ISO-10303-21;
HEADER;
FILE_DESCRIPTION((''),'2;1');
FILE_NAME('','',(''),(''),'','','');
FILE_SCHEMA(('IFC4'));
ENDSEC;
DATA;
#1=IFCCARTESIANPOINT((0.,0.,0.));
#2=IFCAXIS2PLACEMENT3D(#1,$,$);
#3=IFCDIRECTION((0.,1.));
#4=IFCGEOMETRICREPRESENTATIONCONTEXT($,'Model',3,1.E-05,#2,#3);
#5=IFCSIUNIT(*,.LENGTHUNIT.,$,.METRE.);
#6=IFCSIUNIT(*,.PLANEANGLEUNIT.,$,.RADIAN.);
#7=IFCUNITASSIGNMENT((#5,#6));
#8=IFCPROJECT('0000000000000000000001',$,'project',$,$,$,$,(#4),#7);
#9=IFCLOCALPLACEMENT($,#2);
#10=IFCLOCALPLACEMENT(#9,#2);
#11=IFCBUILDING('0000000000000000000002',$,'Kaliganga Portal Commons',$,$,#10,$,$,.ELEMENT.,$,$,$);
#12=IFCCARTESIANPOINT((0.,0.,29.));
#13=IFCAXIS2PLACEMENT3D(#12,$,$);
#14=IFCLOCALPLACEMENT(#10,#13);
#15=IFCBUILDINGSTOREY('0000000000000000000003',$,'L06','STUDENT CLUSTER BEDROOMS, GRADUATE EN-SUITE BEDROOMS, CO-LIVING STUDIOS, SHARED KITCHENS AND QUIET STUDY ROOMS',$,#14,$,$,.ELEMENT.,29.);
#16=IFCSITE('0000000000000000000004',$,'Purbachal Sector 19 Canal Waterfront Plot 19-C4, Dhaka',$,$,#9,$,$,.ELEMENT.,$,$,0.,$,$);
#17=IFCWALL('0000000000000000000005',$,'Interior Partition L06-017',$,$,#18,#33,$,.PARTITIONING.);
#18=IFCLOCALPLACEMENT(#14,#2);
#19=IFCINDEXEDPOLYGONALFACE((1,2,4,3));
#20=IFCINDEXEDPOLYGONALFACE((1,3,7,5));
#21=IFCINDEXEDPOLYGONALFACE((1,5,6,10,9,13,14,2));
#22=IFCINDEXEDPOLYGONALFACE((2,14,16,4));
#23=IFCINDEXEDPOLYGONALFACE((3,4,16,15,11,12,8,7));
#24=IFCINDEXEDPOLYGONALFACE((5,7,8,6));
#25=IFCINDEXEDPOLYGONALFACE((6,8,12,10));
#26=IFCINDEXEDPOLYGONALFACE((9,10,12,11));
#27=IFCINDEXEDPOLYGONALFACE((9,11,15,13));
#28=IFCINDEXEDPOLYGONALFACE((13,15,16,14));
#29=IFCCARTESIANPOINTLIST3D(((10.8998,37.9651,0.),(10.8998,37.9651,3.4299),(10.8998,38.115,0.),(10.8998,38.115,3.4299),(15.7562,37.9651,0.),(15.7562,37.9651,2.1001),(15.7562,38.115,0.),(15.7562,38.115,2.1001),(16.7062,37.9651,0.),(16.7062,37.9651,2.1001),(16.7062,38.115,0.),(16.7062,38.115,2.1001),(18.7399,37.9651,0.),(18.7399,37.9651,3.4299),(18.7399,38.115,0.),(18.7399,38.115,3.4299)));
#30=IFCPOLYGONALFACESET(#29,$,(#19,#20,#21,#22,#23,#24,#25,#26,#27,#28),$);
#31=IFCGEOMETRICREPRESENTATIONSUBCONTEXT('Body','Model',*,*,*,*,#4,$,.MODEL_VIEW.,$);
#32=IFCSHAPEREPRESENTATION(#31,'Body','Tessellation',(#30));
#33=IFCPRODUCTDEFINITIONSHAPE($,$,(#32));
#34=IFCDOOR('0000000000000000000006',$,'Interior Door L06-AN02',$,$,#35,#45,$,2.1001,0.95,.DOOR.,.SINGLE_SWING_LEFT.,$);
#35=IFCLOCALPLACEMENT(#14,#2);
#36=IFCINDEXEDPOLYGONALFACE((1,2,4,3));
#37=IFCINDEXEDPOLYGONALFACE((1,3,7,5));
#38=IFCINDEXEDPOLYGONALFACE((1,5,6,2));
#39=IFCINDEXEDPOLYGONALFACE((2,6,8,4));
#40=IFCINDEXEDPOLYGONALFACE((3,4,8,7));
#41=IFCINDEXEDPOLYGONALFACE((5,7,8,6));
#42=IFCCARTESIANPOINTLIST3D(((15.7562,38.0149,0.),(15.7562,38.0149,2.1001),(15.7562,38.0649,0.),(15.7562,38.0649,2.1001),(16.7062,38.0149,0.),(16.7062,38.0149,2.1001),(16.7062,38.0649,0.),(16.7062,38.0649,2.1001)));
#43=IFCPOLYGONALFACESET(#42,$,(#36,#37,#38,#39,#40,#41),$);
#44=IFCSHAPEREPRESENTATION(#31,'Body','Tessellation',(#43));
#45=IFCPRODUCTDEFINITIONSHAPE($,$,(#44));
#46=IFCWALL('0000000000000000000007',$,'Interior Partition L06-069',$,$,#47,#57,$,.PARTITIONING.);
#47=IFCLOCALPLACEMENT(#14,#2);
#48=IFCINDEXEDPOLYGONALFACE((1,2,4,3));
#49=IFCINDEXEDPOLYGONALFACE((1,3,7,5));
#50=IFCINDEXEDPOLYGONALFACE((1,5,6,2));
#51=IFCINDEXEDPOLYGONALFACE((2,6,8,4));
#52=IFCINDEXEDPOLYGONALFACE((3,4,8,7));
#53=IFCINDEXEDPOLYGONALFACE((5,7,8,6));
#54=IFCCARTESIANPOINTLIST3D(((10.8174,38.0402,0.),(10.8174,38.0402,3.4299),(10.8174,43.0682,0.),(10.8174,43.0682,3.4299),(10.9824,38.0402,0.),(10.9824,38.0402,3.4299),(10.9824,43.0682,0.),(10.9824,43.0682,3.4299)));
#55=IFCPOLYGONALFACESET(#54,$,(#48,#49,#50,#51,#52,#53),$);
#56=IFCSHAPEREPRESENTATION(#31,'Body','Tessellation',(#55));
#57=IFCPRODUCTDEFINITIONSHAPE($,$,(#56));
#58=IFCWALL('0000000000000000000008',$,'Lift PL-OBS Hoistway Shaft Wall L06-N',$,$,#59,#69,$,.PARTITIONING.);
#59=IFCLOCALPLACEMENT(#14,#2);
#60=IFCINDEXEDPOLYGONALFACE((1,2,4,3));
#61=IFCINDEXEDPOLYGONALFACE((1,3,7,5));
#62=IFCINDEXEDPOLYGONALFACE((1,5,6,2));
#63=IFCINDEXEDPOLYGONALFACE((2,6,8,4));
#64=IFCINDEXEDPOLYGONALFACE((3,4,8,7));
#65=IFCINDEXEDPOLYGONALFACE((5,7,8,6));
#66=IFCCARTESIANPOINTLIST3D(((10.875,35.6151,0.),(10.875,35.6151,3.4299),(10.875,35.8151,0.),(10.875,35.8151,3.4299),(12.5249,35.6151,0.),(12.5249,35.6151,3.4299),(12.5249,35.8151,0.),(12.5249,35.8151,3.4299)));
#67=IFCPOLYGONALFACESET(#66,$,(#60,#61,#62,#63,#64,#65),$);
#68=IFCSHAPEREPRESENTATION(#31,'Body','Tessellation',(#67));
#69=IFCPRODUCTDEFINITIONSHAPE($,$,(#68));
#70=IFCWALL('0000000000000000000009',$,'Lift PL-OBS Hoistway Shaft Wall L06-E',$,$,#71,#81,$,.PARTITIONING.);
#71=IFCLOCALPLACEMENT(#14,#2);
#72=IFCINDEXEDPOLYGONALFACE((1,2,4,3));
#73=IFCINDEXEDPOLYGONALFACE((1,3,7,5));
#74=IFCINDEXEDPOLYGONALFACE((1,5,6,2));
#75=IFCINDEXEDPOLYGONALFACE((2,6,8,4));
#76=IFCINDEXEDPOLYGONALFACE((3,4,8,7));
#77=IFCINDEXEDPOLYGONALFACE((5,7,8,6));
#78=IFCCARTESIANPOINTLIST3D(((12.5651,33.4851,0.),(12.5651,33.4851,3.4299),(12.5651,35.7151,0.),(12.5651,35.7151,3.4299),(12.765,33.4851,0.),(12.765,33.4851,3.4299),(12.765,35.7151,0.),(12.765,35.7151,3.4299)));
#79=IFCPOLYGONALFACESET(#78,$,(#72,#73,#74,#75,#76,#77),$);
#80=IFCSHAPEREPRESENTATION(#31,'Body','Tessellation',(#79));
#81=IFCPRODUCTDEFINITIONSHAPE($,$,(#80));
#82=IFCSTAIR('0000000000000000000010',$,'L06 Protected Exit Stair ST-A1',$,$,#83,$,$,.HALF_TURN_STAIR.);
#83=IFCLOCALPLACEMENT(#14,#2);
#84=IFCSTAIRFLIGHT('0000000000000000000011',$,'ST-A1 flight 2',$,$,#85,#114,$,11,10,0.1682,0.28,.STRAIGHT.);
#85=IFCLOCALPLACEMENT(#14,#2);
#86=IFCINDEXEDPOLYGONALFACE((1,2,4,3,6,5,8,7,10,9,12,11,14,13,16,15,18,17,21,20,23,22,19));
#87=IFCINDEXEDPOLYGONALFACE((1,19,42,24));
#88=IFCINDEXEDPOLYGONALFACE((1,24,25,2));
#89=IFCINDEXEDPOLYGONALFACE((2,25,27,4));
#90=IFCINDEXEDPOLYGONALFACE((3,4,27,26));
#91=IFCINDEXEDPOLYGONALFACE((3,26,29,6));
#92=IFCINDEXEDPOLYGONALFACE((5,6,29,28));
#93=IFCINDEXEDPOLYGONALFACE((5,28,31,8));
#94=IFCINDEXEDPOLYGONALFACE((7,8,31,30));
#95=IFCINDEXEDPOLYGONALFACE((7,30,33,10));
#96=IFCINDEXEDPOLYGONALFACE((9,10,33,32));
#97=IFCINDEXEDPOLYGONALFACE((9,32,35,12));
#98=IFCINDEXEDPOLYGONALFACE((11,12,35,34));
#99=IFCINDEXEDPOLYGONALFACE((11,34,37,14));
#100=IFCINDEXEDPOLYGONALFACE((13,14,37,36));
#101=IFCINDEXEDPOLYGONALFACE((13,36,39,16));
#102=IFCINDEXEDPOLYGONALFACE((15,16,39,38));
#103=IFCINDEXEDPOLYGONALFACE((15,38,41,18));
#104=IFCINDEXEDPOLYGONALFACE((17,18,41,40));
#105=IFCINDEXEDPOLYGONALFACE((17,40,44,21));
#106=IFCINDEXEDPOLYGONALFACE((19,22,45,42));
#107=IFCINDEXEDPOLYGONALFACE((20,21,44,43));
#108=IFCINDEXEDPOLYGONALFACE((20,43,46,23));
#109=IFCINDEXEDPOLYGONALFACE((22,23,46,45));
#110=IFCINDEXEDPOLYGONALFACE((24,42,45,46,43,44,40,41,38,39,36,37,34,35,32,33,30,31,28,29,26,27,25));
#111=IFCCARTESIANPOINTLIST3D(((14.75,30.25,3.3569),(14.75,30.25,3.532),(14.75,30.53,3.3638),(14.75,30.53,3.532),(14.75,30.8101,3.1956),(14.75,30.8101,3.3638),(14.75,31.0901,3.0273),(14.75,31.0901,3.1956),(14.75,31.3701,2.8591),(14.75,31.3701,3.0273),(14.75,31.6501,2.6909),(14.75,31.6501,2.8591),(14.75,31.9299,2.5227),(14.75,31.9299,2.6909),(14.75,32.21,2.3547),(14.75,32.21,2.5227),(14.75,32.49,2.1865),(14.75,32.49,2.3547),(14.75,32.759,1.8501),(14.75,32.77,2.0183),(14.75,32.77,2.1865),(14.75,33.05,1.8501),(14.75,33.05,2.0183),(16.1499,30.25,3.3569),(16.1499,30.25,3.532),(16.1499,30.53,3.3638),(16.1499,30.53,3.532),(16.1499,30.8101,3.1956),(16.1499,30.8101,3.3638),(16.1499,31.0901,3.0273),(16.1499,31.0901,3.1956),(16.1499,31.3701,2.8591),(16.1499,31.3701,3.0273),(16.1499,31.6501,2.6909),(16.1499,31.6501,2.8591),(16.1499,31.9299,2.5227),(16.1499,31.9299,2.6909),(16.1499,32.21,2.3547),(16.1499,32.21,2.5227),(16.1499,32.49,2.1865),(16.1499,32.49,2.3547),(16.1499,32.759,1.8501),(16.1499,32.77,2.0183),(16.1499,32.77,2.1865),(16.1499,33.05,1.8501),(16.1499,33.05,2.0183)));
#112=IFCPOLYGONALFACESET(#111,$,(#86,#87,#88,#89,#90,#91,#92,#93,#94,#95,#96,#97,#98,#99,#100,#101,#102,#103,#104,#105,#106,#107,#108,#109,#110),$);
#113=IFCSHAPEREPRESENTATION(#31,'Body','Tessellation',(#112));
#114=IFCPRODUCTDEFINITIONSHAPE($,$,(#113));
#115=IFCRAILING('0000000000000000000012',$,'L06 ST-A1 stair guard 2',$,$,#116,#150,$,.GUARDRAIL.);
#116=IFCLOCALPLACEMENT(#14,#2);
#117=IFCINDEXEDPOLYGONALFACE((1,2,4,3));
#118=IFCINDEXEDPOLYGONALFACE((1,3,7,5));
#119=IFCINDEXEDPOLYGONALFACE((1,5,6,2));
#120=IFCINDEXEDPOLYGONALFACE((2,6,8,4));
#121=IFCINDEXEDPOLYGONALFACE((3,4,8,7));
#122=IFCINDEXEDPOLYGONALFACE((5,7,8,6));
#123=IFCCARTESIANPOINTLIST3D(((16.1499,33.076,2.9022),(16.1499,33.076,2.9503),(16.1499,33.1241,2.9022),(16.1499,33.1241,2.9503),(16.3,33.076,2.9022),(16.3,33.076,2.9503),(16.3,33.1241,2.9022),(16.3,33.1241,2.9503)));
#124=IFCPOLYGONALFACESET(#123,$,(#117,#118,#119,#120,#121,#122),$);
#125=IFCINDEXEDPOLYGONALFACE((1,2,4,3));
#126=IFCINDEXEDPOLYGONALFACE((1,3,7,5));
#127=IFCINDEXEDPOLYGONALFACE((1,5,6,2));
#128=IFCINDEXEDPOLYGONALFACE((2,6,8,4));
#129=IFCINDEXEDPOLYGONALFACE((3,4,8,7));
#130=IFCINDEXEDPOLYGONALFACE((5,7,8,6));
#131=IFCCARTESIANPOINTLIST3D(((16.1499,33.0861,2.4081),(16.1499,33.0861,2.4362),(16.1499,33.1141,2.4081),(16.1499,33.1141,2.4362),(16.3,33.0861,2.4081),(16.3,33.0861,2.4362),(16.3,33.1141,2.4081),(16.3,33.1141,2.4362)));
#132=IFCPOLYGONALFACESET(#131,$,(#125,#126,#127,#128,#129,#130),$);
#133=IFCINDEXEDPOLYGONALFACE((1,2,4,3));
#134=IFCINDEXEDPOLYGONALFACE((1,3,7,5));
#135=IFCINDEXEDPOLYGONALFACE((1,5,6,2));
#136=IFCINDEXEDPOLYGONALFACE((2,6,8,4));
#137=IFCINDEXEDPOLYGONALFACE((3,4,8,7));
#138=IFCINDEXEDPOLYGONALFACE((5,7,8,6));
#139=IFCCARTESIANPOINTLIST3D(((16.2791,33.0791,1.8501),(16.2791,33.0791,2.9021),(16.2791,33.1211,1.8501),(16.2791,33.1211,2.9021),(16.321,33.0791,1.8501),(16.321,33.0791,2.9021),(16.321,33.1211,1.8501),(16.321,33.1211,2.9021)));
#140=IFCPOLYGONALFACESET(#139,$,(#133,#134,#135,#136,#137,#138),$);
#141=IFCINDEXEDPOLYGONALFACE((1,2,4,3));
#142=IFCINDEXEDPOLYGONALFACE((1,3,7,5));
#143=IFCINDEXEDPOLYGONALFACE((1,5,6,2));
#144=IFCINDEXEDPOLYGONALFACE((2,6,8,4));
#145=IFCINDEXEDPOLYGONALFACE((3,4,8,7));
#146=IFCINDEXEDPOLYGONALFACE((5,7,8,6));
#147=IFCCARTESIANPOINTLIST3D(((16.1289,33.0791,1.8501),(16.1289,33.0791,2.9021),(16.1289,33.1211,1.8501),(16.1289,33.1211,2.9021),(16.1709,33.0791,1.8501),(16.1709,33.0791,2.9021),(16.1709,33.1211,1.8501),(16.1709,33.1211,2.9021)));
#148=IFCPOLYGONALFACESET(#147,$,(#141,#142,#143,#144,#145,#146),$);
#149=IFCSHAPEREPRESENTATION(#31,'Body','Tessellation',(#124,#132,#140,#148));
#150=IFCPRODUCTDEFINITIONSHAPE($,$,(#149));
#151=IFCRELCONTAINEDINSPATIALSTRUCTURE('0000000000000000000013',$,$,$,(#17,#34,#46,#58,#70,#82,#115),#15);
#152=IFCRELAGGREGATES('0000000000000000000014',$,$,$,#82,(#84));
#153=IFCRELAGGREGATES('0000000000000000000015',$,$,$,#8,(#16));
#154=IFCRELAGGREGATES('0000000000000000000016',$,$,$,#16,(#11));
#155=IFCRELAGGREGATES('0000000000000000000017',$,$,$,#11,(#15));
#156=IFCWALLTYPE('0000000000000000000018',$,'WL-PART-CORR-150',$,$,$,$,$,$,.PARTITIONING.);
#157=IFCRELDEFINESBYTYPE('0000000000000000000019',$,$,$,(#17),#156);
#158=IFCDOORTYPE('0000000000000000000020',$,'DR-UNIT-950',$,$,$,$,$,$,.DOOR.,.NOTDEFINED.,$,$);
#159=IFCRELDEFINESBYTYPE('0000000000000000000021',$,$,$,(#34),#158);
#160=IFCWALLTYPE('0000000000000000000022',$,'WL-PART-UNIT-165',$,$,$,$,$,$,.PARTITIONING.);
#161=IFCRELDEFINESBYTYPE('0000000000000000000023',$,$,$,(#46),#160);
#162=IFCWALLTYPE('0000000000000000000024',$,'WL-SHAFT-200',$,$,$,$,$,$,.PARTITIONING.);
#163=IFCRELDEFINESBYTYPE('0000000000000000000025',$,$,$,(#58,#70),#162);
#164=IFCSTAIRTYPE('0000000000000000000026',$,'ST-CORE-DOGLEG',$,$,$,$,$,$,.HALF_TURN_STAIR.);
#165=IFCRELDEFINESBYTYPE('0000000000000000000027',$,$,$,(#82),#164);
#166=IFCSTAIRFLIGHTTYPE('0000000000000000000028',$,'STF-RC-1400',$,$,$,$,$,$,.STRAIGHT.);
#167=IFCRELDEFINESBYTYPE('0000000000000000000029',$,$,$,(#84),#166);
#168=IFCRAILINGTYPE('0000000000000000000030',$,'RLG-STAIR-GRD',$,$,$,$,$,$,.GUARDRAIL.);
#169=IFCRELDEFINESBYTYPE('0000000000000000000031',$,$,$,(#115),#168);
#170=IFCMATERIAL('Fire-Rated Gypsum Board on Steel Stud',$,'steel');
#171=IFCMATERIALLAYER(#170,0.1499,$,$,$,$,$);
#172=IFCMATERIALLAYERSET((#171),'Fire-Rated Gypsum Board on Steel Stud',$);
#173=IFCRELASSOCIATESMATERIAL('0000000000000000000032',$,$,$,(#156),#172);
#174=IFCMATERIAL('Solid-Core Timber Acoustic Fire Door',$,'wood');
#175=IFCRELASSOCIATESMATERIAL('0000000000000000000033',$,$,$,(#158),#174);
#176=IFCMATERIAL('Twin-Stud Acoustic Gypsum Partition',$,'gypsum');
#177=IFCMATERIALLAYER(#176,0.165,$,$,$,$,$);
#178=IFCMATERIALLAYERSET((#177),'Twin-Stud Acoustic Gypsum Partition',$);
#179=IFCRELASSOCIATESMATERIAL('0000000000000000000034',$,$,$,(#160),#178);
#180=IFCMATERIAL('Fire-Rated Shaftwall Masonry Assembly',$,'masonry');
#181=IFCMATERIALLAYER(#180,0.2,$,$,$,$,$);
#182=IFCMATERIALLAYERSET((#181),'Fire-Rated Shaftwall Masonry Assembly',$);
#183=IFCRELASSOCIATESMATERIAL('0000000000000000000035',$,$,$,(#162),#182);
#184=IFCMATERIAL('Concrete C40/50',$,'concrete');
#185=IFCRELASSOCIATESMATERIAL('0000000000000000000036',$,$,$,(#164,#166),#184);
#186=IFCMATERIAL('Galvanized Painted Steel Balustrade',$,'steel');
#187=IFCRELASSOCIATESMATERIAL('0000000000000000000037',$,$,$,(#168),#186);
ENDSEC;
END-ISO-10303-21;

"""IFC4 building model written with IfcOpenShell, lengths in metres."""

from ifc_helpers import new_model, si_unit, direction, frame, frame_2d, origin, origin_2d, place, context, subcontext, project, spatial, polyline, rectangle, outline, extrude, material, layer, layer_set, type_object, element, fill, aggregate, save


model = new_model("IFC4")

# Units and contexts
model_context = context("Model", 3, precision=1e-05, world=origin(), true_north=direction((0.0, 1.0)))
body_context = subcontext(model_context, "Body", "Model", "MODEL_VIEW")
ifc_project = project(units=[si_unit("LENGTHUNIT", "METRE"), si_unit("PLANEANGLEUNIT", "RADIAN")], contexts=[model_context])

# Site, building, storey
site_placement = place(None, origin())
site = spatial("IfcSite", under=ifc_project, at=site_placement, Name="Purbachal Sector 19 Canal Waterfront Plot 19-C4, Dhaka", CompositionType="ELEMENT", RefElevation=0.0)
building_placement = place(site_placement, origin())
building = spatial("IfcBuilding", under=site, at=building_placement, Name="Kaliganga Portal Commons", CompositionType="ELEMENT")
storey_placement = place(building_placement, frame((0.0, 0.0, 29.0)))
storey = spatial("IfcBuildingStorey", under=building, at=storey_placement, Name="L06", Description="STUDENT CLUSTER BEDROOMS, GRADUATE EN-SUITE BEDROOMS, CO-LIVING STUDIOS, SHARED KITCHENS AND QUIET STUDY ROOMS", CompositionType="ELEMENT", Elevation=29.0)

# Wall, opening, door
ifc_material_1 = material(Name="Fire-Rated Gypsum Board on Steel Stud", Category="steel")
ifc_layer_1 = layer(ifc_material_1, 0.1499)
ifc_layer_set_1 = layer_set([ifc_layer_1], Name="Fire-Rated Gypsum Board on Steel Stud")
wall_type_1 = type_object("IfcWallType", Name="WL-PART-CORR-150", PredefinedType="PARTITIONING", material=ifc_layer_set_1)
wall_1_placement = place(storey_placement, frame((10.8999, 38.04, 0.0), z_axis=(0.0, 0.0, 1.0), x_axis=(1.0, 0.0, 0.0)))
wall_1 = element("IfcWall", 1, at=wall_1_placement, inside=storey, type_object=wall_type_1, Name="Interior Partition L06-017", PredefinedType="PARTITIONING", context=body_context, shape_type="SweptSolid", body=[
    extrude(rectangle(XDim=7.8401, YDim=0.1499, at=frame_2d((3.9199, 0.0))), origin(), (0.0, 0.0, 1.0), 3.4299),
])
opening_1_placement = place(wall_1_placement, frame((4.8562, 0.0, 0.0)))
opening_1 = element("IfcOpeningElement", 2, at=opening_1_placement, cuts=wall_1, PredefinedType="OPENING", context=body_context, shape_type="SweptSolid", body=[
    extrude(rectangle(XDim=0.95, YDim=2.1001, at=frame_2d((0.4751, 1.05))), frame((0.0, 0.085, 0.0), z_axis=(0.0, -1.0, 0.0), x_axis=(1.0, 0.0, 0.0)), (0.0, 0.0, 1.0), 0.1699),
])
ifc_material_2 = material(Name="Solid-Core Timber Acoustic Fire Door", Category="wood")
door_type = type_object("IfcDoorType", Name="DR-UNIT-950", OperationType="NOTDEFINED", PredefinedType="DOOR", material=ifc_material_2)
door_placement = place(opening_1_placement, origin())
door = element("IfcDoor", 3, at=door_placement, inside=storey, type_object=door_type, Name="Interior Door L06-AN02", OperationType="SINGLE_SWING_LEFT", OverallHeight=2.1001, OverallWidth=0.95, PredefinedType="DOOR", context=body_context, shape_type="SweptSolid", body=[
    extrude(rectangle(XDim=0.95, YDim=2.1001, at=frame_2d((0.4751, 1.05))), frame((0.0, 0.0249, 0.0), z_axis=(0.0, -1.0, 0.0), x_axis=(1.0, 0.0, 0.0)), (0.0, 0.0, 1.0), 0.05),
])
fill(opening_1, door)

# Walls
ifc_material_3 = material(Name="Twin-Stud Acoustic Gypsum Partition", Category="gypsum")
ifc_layer_2 = layer(ifc_material_3, 0.165)
ifc_layer_set_2 = layer_set([ifc_layer_2], Name="Twin-Stud Acoustic Gypsum Partition")
wall_type_2 = type_object("IfcWallType", Name="WL-PART-UNIT-165", PredefinedType="PARTITIONING", material=ifc_layer_set_2)
wall_2_placement = place(storey_placement, frame((10.8999, 38.04, 0.0), z_axis=(0.0, 0.0, 1.0), x_axis=(0.0, 1.0, 0.0)))
element("IfcWall", 4, at=wall_2_placement, inside=storey, type_object=wall_type_2, Name="Interior Partition L06-069", PredefinedType="PARTITIONING", context=body_context, shape_type="SweptSolid", body=[
    extrude(rectangle(XDim=5.0281, YDim=0.165, at=frame_2d((2.5142, 0.0))), origin(), (0.0, 0.0, 1.0), 3.4299),
])
ifc_material_4 = material(Name="Fire-Rated Shaftwall Masonry Assembly", Category="masonry")
ifc_layer_3 = layer(ifc_material_4, 0.2)
ifc_layer_set_3 = layer_set([ifc_layer_3], Name="Fire-Rated Shaftwall Masonry Assembly")
wall_type_3 = type_object("IfcWallType", Name="WL-SHAFT-200", PredefinedType="PARTITIONING", material=ifc_layer_set_3)
wall_3_placement = place(storey_placement, frame((10.875, 35.7151, 0.0), z_axis=(0.0, 0.0, 1.0), x_axis=(1.0, 0.0, 0.0)))
element("IfcWall", 5, at=wall_3_placement, inside=storey, type_object=wall_type_3, Name="Lift PL-OBS Hoistway Shaft Wall L06-N", PredefinedType="PARTITIONING", context=body_context, shape_type="SweptSolid", body=[
    extrude(rectangle(XDim=1.6499, YDim=0.2, at=frame_2d((0.825, 0.0))), origin(), (0.0, 0.0, 1.0), 3.4299),
])
wall_4_placement = place(storey_placement, frame((12.665, 33.4851, 0.0), z_axis=(0.0, 0.0, 1.0), x_axis=(0.0, 1.0, 0.0)))
element("IfcWall", 6, at=wall_4_placement, inside=storey, type_object=wall_type_3, Name="Lift PL-OBS Hoistway Shaft Wall L06-E", PredefinedType="PARTITIONING", context=body_context, shape_type="SweptSolid", body=[
    extrude(rectangle(XDim=2.23, YDim=0.2, at=frame_2d((1.115, 0.0))), origin(), (0.0, 0.0, 1.0), 3.4299),
])

# Stair, stair flight
ifc_material_5 = material(Name="Concrete C40/50", Category="concrete")
stair_type = type_object("IfcStairType", Name="ST-CORE-DOGLEG", PredefinedType="HALF_TURN_STAIR", material=ifc_material_5)
stair_placement = place(storey_placement, origin())
stair = element("IfcStair", 7, at=stair_placement, inside=storey, type_object=stair_type, Name="L06 Protected Exit Stair ST-A1", PredefinedType="HALF_TURN_STAIR")
stair_flight_type = type_object("IfcStairFlightType", Name="STF-RC-1400", PredefinedType="STRAIGHT", material=ifc_material_5)
stair_flight_placement = place(storey_placement, frame((15.45, 33.05, 1.8501), z_axis=(0.0, 0.0, 1.0), x_axis=(0.0, -1.0, 0.0)))
stair_flight = element("IfcStairFlight", 8, at=stair_flight_placement, type_object=stair_flight_type, Name="ST-A1 flight 2", NumberOfRisers=11, NumberOfTreads=10, PredefinedType="STRAIGHT", RiserHeight=0.1682, TreadLength=0.28, context=body_context, shape_type="SweptSolid", body=[
    extrude(outline(polyline([(0.0, 0.0), (0.0, 0.1682), (0.28, 0.1682), (0.28, 0.3364), (0.5601, 0.3364), (0.5601, 0.5046), (0.8401, 0.5046), (0.8401, 0.6726), (1.1201, 0.6726), (1.1201, 0.8408), (1.3999, 0.8408), (1.3999, 1.009), (1.6799, 1.009), (1.6799, 1.1772), (1.96, 1.1772), (1.96, 1.3455), (2.24, 1.3455), (2.24, 1.5137), (2.52, 1.5137), (2.52, 1.6819), (2.8, 1.6819), (2.8, 1.8501), (2.8, 1.5068), (0.291, 0.0), (0.0, 0.0)])), frame((0.0, 0.7, 0.0), z_axis=(0.0, -1.0, 0.0), x_axis=(1.0, 0.0, 0.0)), (0.0, 0.0, 1.0), 1.3999),
])
aggregate(stair, [stair_flight])

# Railing
ifc_material_6 = material(Name="Galvanized Painted Steel Balustrade", Category="steel")
railing_type = type_object("IfcRailingType", Name="RLG-STAIR-GRD", PredefinedType="GUARDRAIL", material=ifc_material_6)
railing_1_placement = place(storey_placement, frame((16.3, 33.1001, 1.8501)))
element("IfcRailing", 9, at=railing_1_placement, inside=storey, type_object=railing_type, Name="L06 ST-A1 stair guard 2", PredefinedType="GUARDRAIL", context=body_context, shape_type="SweptSolid", body=[
    extrude(rectangle(XDim=0.0481, YDim=0.0481, at=origin_2d()), frame((0.0, 0.0, 1.0762), z_axis=(-1.0, 0.0, 0.0), x_axis=(0.0, -1.0, 0.0)), (0.0, 0.0, 1.0), 0.1501),
    extrude(rectangle(XDim=0.0281, YDim=0.0281, at=origin_2d()), frame((0.0, 0.0, 0.572), z_axis=(-1.0, 0.0, 0.0), x_axis=(0.0, -1.0, 0.0)), (0.0, 0.0, 1.0), 0.1501),
    extrude(rectangle(XDim=0.042, YDim=0.042, at=origin_2d()), origin(), (0.0, 0.0, 1.0), 1.052),
    extrude(rectangle(XDim=0.042, YDim=0.042, at=origin_2d()), frame((-0.1501, 0.0, 0.0)), (0.0, 0.0, 1.0), 1.052),
])

save(model, "model.ifc")
